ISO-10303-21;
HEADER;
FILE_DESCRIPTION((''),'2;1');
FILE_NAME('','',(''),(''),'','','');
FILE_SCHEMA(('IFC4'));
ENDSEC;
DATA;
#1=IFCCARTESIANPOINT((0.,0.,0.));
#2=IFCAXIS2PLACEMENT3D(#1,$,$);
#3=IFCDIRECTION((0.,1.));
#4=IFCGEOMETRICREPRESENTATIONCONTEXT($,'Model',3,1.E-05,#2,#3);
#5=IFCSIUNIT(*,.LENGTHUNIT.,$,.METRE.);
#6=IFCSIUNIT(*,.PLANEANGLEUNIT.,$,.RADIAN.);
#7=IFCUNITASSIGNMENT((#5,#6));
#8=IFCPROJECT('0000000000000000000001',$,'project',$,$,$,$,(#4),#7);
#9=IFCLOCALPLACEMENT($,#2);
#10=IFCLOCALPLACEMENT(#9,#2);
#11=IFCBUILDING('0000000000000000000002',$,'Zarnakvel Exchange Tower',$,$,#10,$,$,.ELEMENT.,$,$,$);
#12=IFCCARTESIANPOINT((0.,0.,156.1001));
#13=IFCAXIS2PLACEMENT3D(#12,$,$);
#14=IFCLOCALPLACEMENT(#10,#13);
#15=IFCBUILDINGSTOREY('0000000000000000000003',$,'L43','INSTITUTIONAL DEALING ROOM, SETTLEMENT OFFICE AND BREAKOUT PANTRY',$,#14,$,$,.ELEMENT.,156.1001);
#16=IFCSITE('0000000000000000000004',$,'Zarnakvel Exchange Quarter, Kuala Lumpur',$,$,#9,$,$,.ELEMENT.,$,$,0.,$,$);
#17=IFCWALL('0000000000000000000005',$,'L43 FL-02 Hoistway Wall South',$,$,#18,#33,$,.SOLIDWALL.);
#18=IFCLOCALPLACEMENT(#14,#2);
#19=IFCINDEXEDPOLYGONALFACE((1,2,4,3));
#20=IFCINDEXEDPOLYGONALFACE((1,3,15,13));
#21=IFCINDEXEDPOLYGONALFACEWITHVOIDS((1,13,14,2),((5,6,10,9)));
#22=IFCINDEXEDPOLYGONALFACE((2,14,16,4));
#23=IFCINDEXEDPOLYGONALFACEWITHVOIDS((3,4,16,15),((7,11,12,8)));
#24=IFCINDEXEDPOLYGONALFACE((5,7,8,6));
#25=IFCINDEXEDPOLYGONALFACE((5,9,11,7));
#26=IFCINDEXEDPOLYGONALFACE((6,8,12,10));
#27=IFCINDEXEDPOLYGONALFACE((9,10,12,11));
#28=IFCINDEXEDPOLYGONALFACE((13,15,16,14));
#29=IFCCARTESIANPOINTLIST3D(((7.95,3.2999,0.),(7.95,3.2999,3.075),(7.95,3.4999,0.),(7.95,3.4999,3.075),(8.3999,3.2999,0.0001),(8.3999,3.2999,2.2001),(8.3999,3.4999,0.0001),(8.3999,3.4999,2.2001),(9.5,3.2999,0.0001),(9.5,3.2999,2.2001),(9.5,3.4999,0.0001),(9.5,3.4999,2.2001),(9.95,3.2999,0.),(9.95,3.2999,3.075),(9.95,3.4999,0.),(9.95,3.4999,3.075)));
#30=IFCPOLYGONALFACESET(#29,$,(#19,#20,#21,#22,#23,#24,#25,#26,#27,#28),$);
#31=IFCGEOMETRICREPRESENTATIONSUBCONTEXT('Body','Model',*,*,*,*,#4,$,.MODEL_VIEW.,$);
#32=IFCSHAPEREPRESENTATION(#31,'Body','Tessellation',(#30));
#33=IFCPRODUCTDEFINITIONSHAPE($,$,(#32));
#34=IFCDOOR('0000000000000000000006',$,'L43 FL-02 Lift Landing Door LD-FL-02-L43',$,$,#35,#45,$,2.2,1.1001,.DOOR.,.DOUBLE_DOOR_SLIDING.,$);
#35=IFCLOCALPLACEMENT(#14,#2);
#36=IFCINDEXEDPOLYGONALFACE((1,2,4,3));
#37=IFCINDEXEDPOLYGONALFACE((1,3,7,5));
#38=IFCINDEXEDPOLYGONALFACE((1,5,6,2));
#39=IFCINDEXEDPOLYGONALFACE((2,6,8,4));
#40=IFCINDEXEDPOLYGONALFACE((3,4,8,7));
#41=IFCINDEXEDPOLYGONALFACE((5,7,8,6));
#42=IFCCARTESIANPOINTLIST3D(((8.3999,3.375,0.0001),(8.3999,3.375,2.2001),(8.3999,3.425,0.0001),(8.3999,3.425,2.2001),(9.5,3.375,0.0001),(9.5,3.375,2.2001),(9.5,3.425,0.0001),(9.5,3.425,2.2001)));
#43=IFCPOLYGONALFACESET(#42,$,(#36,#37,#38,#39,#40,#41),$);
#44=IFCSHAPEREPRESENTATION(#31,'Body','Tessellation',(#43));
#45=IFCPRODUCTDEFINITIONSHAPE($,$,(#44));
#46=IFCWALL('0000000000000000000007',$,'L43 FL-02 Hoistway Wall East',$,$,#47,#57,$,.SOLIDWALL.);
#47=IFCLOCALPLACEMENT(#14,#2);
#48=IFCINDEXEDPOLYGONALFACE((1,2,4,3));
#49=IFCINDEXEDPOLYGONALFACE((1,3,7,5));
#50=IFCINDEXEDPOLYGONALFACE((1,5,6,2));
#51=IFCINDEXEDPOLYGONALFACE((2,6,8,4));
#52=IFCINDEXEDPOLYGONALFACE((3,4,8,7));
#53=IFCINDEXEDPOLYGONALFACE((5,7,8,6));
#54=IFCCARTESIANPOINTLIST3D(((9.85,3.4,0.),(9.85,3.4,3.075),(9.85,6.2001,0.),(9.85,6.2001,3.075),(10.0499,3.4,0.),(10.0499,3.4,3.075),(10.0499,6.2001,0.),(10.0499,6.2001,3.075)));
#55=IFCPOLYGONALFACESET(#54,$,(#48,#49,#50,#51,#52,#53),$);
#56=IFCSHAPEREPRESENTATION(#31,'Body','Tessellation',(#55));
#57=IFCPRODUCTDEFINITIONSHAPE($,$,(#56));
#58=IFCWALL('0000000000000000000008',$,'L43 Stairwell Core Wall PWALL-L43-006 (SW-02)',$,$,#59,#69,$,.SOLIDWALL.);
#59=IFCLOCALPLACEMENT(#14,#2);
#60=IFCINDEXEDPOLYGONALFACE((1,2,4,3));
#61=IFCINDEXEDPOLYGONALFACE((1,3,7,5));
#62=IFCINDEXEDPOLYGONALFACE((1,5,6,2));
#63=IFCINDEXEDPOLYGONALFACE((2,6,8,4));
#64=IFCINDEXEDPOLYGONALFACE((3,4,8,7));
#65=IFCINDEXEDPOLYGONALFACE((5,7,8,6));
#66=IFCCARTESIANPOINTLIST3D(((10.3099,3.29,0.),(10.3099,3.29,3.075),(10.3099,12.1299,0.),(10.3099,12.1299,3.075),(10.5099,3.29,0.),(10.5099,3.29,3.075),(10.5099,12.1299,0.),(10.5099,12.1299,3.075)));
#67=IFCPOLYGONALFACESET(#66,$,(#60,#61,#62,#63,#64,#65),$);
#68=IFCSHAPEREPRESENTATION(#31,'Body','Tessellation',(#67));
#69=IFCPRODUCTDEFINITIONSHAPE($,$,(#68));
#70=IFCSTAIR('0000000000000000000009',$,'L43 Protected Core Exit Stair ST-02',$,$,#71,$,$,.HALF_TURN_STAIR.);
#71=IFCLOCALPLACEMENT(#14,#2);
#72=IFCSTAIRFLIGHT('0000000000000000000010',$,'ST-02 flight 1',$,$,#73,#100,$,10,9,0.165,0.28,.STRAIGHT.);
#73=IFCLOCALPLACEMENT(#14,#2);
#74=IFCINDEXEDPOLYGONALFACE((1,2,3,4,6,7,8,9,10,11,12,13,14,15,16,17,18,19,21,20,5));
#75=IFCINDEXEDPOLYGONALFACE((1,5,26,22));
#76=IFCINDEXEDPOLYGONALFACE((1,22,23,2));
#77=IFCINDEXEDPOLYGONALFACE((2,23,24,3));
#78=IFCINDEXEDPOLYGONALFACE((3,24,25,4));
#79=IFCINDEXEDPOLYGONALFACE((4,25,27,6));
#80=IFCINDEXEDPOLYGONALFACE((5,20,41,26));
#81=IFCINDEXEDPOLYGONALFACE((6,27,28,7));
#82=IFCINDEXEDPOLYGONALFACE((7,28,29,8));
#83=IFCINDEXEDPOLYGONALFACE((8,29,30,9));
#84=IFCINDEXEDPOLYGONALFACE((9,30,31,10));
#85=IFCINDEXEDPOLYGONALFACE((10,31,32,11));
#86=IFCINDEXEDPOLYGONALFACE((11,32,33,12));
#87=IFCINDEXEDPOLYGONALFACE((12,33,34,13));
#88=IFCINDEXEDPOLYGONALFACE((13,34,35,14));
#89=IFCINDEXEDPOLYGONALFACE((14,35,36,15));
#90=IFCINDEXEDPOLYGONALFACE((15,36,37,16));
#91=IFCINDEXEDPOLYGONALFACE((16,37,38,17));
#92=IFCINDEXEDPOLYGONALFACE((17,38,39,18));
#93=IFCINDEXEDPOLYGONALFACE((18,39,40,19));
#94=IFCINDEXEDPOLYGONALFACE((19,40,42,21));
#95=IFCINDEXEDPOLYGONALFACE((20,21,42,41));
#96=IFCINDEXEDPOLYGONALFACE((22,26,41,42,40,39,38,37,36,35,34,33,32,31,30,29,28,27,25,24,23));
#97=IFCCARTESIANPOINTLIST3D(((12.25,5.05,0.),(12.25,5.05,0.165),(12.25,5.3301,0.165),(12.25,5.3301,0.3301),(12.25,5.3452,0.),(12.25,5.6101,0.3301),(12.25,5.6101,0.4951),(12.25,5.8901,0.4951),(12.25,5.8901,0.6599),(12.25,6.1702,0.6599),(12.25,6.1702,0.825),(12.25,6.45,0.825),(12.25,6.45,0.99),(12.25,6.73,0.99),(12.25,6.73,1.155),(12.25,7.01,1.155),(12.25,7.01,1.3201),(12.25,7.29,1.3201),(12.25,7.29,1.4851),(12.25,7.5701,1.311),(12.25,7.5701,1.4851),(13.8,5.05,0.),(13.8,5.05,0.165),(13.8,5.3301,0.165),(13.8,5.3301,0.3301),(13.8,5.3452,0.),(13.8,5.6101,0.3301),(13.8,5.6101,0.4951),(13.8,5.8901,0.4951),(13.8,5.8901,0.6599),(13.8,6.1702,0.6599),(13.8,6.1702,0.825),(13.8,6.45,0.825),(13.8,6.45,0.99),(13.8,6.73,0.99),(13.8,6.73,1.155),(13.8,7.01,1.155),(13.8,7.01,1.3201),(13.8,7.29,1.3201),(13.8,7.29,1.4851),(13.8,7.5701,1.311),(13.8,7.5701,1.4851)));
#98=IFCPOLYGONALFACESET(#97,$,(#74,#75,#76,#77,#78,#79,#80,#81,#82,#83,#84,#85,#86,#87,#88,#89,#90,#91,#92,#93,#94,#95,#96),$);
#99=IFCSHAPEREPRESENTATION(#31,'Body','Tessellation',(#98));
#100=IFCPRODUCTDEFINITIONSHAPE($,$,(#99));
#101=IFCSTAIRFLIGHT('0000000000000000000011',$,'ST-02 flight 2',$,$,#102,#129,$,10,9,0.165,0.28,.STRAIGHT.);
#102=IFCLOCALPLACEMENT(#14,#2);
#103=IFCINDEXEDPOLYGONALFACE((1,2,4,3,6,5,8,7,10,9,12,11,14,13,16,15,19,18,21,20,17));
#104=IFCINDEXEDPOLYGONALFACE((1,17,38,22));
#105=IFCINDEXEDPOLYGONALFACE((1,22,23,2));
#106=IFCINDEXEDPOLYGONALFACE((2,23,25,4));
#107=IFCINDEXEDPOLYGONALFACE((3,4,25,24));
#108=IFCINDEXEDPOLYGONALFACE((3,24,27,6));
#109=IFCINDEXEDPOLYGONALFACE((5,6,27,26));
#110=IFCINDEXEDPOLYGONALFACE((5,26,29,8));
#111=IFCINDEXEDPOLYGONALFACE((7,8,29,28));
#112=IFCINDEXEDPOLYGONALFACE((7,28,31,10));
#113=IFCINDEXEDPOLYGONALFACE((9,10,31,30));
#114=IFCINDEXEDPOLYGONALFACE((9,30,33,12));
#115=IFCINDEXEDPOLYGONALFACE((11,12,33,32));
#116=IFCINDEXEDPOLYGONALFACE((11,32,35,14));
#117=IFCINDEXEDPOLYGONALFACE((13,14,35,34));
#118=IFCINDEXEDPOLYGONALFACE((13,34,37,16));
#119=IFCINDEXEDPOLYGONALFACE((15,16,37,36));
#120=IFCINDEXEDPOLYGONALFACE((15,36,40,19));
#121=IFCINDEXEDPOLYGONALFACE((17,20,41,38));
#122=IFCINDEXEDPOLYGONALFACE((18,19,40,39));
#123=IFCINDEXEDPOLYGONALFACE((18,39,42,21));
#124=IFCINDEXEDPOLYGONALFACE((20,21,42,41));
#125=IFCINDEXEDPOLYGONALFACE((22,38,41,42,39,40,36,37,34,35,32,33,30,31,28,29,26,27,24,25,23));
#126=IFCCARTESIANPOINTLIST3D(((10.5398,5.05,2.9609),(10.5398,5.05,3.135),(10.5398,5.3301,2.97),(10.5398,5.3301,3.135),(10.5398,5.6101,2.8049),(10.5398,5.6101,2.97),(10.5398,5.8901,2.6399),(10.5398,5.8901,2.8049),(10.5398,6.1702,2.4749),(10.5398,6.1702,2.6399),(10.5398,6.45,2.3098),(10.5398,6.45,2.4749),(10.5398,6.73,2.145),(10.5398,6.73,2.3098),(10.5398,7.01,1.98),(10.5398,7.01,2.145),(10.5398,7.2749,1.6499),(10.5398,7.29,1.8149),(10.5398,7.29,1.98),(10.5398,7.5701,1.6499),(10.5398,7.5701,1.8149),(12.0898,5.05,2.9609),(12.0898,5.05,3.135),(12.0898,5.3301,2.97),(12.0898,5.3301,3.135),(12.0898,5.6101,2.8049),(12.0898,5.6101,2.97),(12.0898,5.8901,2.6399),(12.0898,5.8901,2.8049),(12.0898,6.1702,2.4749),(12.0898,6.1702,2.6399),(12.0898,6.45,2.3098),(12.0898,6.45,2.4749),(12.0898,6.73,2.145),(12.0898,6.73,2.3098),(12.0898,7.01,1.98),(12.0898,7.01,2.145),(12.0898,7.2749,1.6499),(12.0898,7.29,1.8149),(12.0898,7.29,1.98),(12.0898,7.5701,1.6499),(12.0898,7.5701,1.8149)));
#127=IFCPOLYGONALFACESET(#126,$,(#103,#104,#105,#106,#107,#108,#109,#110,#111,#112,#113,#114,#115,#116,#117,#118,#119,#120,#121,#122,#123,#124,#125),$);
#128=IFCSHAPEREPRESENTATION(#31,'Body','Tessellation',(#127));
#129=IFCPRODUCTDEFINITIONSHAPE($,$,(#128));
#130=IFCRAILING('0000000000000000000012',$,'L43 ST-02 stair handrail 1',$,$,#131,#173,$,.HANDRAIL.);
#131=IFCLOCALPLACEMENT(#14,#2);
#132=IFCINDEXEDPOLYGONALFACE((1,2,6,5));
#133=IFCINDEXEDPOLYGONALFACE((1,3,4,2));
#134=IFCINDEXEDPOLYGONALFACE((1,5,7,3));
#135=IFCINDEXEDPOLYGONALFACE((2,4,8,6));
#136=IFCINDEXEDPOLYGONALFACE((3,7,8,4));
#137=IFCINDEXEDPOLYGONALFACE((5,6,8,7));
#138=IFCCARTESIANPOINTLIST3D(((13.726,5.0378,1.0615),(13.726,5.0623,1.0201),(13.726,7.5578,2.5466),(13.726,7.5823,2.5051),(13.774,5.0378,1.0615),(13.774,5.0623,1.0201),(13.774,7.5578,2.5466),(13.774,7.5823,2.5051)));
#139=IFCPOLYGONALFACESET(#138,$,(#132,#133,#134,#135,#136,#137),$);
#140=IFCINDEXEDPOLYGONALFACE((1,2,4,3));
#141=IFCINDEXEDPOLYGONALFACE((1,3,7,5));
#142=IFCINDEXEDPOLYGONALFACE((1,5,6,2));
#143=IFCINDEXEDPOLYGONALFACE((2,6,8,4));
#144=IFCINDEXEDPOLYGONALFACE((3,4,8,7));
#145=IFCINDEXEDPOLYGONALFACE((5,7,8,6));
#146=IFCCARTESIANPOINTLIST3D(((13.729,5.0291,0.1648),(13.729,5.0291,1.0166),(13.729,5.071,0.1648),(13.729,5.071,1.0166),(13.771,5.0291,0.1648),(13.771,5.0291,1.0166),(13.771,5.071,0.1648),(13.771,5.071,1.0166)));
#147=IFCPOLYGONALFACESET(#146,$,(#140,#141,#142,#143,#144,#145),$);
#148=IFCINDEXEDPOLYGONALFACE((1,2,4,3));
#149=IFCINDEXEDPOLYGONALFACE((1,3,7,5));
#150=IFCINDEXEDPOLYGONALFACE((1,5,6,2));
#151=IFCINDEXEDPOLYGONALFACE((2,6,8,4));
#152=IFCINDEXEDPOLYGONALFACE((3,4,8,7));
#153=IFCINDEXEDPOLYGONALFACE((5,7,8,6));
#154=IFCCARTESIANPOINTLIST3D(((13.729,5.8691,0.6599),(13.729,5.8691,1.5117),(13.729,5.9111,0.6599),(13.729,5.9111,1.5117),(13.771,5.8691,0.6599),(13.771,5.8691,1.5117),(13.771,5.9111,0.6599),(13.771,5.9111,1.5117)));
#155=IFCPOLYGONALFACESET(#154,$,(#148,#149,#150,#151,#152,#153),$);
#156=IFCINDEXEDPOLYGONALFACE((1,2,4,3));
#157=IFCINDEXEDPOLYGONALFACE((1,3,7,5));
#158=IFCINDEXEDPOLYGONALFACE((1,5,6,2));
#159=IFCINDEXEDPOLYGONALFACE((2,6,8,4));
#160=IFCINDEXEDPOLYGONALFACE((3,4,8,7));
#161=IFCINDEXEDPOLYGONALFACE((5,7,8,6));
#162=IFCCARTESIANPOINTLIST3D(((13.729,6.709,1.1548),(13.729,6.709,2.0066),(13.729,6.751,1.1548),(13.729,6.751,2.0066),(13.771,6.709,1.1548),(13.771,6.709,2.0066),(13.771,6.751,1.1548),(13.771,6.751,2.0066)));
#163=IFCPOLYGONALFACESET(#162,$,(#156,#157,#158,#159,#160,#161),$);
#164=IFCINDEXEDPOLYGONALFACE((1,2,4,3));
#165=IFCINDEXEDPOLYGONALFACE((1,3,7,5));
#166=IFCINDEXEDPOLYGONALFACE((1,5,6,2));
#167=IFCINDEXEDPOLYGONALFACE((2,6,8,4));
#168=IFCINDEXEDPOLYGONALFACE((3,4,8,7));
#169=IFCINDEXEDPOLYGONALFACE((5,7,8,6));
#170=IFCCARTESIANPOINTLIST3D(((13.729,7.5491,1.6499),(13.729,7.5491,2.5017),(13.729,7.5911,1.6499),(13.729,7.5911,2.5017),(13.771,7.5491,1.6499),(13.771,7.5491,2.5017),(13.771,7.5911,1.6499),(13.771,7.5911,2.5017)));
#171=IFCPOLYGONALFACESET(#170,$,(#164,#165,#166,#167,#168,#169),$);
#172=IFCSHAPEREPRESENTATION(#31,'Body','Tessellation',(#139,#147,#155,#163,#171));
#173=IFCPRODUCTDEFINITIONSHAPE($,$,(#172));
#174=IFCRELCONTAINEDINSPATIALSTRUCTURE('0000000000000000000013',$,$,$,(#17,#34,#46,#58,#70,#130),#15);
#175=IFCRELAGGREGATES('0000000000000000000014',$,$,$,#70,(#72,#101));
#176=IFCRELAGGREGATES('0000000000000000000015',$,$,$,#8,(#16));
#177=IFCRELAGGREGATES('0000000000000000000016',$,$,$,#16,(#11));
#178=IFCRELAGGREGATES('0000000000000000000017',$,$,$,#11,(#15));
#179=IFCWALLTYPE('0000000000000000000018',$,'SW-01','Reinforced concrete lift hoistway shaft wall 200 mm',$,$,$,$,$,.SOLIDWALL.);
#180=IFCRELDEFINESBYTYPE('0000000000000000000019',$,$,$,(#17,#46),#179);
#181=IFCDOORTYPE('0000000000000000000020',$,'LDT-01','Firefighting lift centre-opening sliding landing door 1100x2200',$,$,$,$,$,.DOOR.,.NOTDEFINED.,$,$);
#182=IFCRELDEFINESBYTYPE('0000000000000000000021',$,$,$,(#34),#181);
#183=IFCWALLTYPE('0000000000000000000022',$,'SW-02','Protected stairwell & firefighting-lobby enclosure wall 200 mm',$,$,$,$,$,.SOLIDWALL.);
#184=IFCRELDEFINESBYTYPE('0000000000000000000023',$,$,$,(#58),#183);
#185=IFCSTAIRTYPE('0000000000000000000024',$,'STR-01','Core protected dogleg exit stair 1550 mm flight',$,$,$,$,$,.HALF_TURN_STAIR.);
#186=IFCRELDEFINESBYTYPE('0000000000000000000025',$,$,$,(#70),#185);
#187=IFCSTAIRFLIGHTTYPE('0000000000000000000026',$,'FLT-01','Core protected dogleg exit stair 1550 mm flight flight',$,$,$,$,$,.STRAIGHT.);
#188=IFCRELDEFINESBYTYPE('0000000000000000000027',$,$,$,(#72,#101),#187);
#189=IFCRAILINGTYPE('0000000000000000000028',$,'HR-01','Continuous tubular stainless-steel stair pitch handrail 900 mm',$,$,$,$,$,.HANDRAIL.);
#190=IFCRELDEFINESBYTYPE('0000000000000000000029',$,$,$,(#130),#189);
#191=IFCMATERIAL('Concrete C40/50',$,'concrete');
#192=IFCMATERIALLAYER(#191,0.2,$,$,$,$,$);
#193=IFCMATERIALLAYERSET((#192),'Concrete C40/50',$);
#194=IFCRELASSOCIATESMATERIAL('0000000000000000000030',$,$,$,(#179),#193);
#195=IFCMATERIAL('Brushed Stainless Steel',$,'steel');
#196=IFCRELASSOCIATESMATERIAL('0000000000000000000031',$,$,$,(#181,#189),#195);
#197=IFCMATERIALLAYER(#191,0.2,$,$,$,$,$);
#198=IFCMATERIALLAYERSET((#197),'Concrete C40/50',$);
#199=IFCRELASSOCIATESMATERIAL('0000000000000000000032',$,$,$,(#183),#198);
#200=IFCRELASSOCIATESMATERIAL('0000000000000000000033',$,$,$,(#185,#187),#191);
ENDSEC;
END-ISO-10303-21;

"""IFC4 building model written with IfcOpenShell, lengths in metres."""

from ifc_helpers import new_model, si_unit, direction, frame, frame_2d, origin, origin_2d, place, context, subcontext, project, spatial, polyline, rectangle, outline, extrude, source, transform, mapped, material, layer, layer_set, type_object, element, fill, aggregate, save


model = new_model("IFC4")

# Units and contexts
model_context = context("Model", 3, precision=1e-05, world=origin(), true_north=direction((0.0, 1.0)))
body_context = subcontext(model_context, "Body", "Model", "MODEL_VIEW")
ifc_project = project(units=[si_unit("LENGTHUNIT", "METRE"), si_unit("PLANEANGLEUNIT", "RADIAN")], contexts=[model_context])

# Site, building, storey
site_placement = place(None, origin())
site = spatial("IfcSite", under=ifc_project, at=site_placement, Name="Zarnakvel Exchange Quarter, Kuala Lumpur", CompositionType="ELEMENT", RefElevation=0.0)
building_placement = place(site_placement, origin())
building = spatial("IfcBuilding", under=site, at=building_placement, Name="Zarnakvel Exchange Tower", CompositionType="ELEMENT")
storey_placement = place(building_placement, frame((0.0, 0.0, 156.1001)))
storey = spatial("IfcBuildingStorey", under=building, at=storey_placement, Name="L43", Description="INSTITUTIONAL DEALING ROOM, SETTLEMENT OFFICE AND BREAKOUT PANTRY", CompositionType="ELEMENT", Elevation=156.1001)

# Wall, opening, door
ifc_material_1 = material(Name="Concrete C40/50", Category="concrete")
ifc_layer_1 = layer(ifc_material_1, 0.2)
ifc_layer_set_1 = layer_set([ifc_layer_1], Name="Concrete C40/50")
wall_type_1 = type_object("IfcWallType", Name="SW-01", Description="Reinforced concrete lift hoistway shaft wall 200 mm", PredefinedType="SOLIDWALL", material=ifc_layer_set_1)
wall_1_placement = place(storey_placement, frame((9.95, 3.3999, 0.0), z_axis=(0.0, 0.0, 1.0), x_axis=(-1.0, 0.0, 0.0)))
wall_1 = element("IfcWall", 1, at=wall_1_placement, inside=storey, type_object=wall_type_1, Name="L43 FL-02 Hoistway Wall South", PredefinedType="SOLIDWALL", context=body_context, shape_type="SweptSolid", body=[
    extrude(rectangle(XDim=2.0, YDim=0.2, at=frame_2d((1.0, 0.0))), origin(), (0.0, 0.0, 1.0), 3.075),
])
opening_1_placement = place(wall_1_placement, frame((0.45, 0.0, 0.0)))
opening_1 = element("IfcOpeningElement", 2, at=opening_1_placement, cuts=wall_1, PredefinedType="OPENING", context=body_context, shape_type="SweptSolid", body=[
    extrude(rectangle(XDim=1.1001, YDim=2.2, at=frame_2d((0.55, 1.1001))), frame((0.0, 0.1099, 0.0), z_axis=(0.0, -1.0, 0.0), x_axis=(1.0, 0.0, 0.0)), (0.0, 0.0, 1.0), 0.22),
])
ifc_material_2 = material(Name="Brushed Stainless Steel", Category="steel")
door_type_1 = type_object("IfcDoorType", Name="LDT-01", Description="Firefighting lift centre-opening sliding landing door 1100x2200", OperationType="NOTDEFINED", PredefinedType="DOOR", material=ifc_material_2)
shared_shape_1 = source(origin(), body_context, "Body", "SweptSolid", [
    extrude(rectangle(XDim=1.1001, YDim=2.2, at=frame_2d((0.55, 1.1001))), frame((0.0, 0.0249, 0.0), z_axis=(0.0, -1.0, 0.0), x_axis=(1.0, 0.0, 0.0)), (0.0, 0.0, 1.0), 0.05),
])
door_1_placement = place(opening_1_placement, origin())
door_1 = element("IfcDoor", 3, at=door_1_placement, inside=storey, type_object=door_type_1, Name="L43 FL-02 Lift Landing Door LD-FL-02-L43", OperationType="DOUBLE_DOOR_SLIDING", OverallHeight=2.2, OverallWidth=1.1001, PredefinedType="DOOR", context=body_context, shape_type="MappedRepresentation", body=[
    mapped(shared_shape_1, transform((0.0, 0.0, 0.0), x_axis=(1.0, 0.0, 0.0), y_axis=(0.0, 1.0, 0.0), z_axis=(0.0, 0.0, 1.0), scale=1.0)),
])
fill(opening_1, door_1)

# Wall
wall_2_placement = place(storey_placement, frame((9.95, 6.2, 0.0), z_axis=(0.0, 0.0, 1.0), x_axis=(0.0, -1.0, 0.0)))
element("IfcWall", 4, at=wall_2_placement, inside=storey, type_object=wall_type_1, Name="L43 FL-02 Hoistway Wall East", PredefinedType="SOLIDWALL", context=body_context, shape_type="SweptSolid", body=[
    extrude(rectangle(XDim=2.8, YDim=0.2, at=frame_2d((1.3999, 0.0))), origin(), (0.0, 0.0, 1.0), 3.075),
])

# Shared definitions
ifc_layer_2 = layer(ifc_material_1, 0.2)
ifc_layer_set_2 = layer_set([ifc_layer_2], Name="Concrete C40/50")
wall_type_2 = type_object("IfcWallType", Name="SW-02", Description="Protected stairwell & firefighting-lobby enclosure wall 200 mm", PredefinedType="SOLIDWALL", material=ifc_layer_set_2)

# Wall
wall_3_placement = place(storey_placement, frame((10.4099, 3.29, 0.0), z_axis=(0.0, 0.0, 1.0), x_axis=(0.0, 1.0, 0.0)))
element("IfcWall", 5, at=wall_3_placement, inside=storey, type_object=wall_type_2, Name="L43 Stairwell Core Wall PWALL-L43-006 (SW-02)", PredefinedType="SOLIDWALL", context=body_context, shape_type="SweptSolid", body=[
    extrude(rectangle(XDim=8.8398, YDim=0.2, at=frame_2d((4.4199, 0.0))), origin(), (0.0, 0.0, 1.0), 3.075),
])

# Stair, stair flights
stair_type = type_object("IfcStairType", Name="STR-01", Description="Core protected dogleg exit stair 1550 mm flight", PredefinedType="HALF_TURN_STAIR", material=ifc_material_1)
stair_placement = place(storey_placement, origin())
stair = element("IfcStair", 6, at=stair_placement, inside=storey, type_object=stair_type, Name="L43 Protected Core Exit Stair ST-02", PredefinedType="HALF_TURN_STAIR")
stair_flight_type = type_object("IfcStairFlightType", Name="FLT-01", Description="Core protected dogleg exit stair 1550 mm flight flight", PredefinedType="STRAIGHT", material=ifc_material_1)
stair_flight_1_placement = place(storey_placement, frame((13.0249, 5.05, 0.0), z_axis=(0.0, 0.0, 1.0), x_axis=(0.0, 1.0, 0.0)))
stair_flight_1 = element("IfcStairFlight", 7, at=stair_flight_1_placement, type_object=stair_flight_type, Name="ST-02 flight 1", NumberOfRisers=10, NumberOfTreads=9, PredefinedType="STRAIGHT", RiserHeight=0.165, TreadLength=0.28, context=body_context, shape_type="SweptSolid", body=[
    extrude(outline(polyline([(0.0, 0.0), (0.0, 0.165), (0.28, 0.165), (0.28, 0.3301), (0.5601, 0.3301), (0.5601, 0.4951), (0.8401, 0.4951), (0.8401, 0.6599), (1.1201, 0.6599), (1.1201, 0.825), (1.3999, 0.825), (1.3999, 0.99), (1.6799, 0.99), (1.6799, 1.155), (1.96, 1.155), (1.96, 1.3201), (2.24, 1.3201), (2.24, 1.4851), (2.52, 1.4851), (2.52, 1.6499), (2.52, 1.311), (0.2952, 0.0), (0.0, 0.0)])), frame((0.0, 0.7749, 0.0), z_axis=(0.0, -1.0, 0.0), x_axis=(1.0, 0.0, 0.0)), (0.0, 0.0, 1.0), 1.55),
])
stair_flight_2_placement = place(storey_placement, frame((11.3149, 7.5701, 1.6499), z_axis=(0.0, 0.0, 1.0), x_axis=(0.0, -1.0, 0.0)))
stair_flight_2 = element("IfcStairFlight", 8, at=stair_flight_2_placement, type_object=stair_flight_type, Name="ST-02 flight 2", NumberOfRisers=10, NumberOfTreads=9, PredefinedType="STRAIGHT", RiserHeight=0.165, TreadLength=0.28, context=body_context, shape_type="SweptSolid", body=[
    extrude(outline(polyline([(0.0, 0.0), (0.0, 0.165), (0.28, 0.165), (0.28, 0.3301), (0.5601, 0.3301), (0.5601, 0.4951), (0.8401, 0.4951), (0.8401, 0.6599), (1.1201, 0.6599), (1.1201, 0.825), (1.3999, 0.825), (1.3999, 0.99), (1.6799, 0.99), (1.6799, 1.155), (1.96, 1.155), (1.96, 1.3201), (2.24, 1.3201), (2.24, 1.4851), (2.52, 1.4851), (2.52, 1.6499), (2.52, 1.311), (0.2952, 0.0), (0.0, 0.0)])), frame((0.0, 0.7749, 0.0), z_axis=(0.0, -1.0, 0.0), x_axis=(1.0, 0.0, 0.0)), (0.0, 0.0, 1.0), 1.55),
])
aggregate(stair, [stair_flight_1, stair_flight_2])

# Railing
railing_type_1 = type_object("IfcRailingType", Name="HR-01", Description="Continuous tubular stainless-steel stair pitch handrail 900 mm", PredefinedType="HANDRAIL", material=ifc_material_2)
railing_1_placement = place(storey_placement, frame((13.75, 5.05, 0.1648)))
element("IfcRailing", 9, at=railing_1_placement, inside=storey, type_object=railing_type_1, Name="L43 ST-02 stair handrail 1", PredefinedType="HANDRAIL", context=body_context, shape_type="SweptSolid", body=[
    extrude(rectangle(XDim=0.0481, YDim=0.0481, at=origin_2d()), frame((0.0, 0.0, 0.876), z_axis=(0.0, 0.861524, 0.507717), x_axis=(-1.0, 0.0, 0.0)), (0.0, 0.0, 1.0), 2.925),
    extrude(rectangle(XDim=0.042, YDim=0.042, at=origin_2d()), origin(), (0.0, 0.0, 1.0), 0.8518),
    extrude(rectangle(XDim=0.042, YDim=0.042, at=origin_2d()), frame((0.0, 0.8401, 0.4951)), (0.0, 0.0, 1.0), 0.8518),
    extrude(rectangle(XDim=0.042, YDim=0.042, at=origin_2d()), frame((0.0, 1.6799, 0.99)), (0.0, 0.0, 1.0), 0.8518),
    extrude(rectangle(XDim=0.042, YDim=0.042, at=origin_2d()), frame((0.0, 2.52, 1.4851)), (0.0, 0.0, 1.0), 0.8518),
])

save(model, "model.ifc")
